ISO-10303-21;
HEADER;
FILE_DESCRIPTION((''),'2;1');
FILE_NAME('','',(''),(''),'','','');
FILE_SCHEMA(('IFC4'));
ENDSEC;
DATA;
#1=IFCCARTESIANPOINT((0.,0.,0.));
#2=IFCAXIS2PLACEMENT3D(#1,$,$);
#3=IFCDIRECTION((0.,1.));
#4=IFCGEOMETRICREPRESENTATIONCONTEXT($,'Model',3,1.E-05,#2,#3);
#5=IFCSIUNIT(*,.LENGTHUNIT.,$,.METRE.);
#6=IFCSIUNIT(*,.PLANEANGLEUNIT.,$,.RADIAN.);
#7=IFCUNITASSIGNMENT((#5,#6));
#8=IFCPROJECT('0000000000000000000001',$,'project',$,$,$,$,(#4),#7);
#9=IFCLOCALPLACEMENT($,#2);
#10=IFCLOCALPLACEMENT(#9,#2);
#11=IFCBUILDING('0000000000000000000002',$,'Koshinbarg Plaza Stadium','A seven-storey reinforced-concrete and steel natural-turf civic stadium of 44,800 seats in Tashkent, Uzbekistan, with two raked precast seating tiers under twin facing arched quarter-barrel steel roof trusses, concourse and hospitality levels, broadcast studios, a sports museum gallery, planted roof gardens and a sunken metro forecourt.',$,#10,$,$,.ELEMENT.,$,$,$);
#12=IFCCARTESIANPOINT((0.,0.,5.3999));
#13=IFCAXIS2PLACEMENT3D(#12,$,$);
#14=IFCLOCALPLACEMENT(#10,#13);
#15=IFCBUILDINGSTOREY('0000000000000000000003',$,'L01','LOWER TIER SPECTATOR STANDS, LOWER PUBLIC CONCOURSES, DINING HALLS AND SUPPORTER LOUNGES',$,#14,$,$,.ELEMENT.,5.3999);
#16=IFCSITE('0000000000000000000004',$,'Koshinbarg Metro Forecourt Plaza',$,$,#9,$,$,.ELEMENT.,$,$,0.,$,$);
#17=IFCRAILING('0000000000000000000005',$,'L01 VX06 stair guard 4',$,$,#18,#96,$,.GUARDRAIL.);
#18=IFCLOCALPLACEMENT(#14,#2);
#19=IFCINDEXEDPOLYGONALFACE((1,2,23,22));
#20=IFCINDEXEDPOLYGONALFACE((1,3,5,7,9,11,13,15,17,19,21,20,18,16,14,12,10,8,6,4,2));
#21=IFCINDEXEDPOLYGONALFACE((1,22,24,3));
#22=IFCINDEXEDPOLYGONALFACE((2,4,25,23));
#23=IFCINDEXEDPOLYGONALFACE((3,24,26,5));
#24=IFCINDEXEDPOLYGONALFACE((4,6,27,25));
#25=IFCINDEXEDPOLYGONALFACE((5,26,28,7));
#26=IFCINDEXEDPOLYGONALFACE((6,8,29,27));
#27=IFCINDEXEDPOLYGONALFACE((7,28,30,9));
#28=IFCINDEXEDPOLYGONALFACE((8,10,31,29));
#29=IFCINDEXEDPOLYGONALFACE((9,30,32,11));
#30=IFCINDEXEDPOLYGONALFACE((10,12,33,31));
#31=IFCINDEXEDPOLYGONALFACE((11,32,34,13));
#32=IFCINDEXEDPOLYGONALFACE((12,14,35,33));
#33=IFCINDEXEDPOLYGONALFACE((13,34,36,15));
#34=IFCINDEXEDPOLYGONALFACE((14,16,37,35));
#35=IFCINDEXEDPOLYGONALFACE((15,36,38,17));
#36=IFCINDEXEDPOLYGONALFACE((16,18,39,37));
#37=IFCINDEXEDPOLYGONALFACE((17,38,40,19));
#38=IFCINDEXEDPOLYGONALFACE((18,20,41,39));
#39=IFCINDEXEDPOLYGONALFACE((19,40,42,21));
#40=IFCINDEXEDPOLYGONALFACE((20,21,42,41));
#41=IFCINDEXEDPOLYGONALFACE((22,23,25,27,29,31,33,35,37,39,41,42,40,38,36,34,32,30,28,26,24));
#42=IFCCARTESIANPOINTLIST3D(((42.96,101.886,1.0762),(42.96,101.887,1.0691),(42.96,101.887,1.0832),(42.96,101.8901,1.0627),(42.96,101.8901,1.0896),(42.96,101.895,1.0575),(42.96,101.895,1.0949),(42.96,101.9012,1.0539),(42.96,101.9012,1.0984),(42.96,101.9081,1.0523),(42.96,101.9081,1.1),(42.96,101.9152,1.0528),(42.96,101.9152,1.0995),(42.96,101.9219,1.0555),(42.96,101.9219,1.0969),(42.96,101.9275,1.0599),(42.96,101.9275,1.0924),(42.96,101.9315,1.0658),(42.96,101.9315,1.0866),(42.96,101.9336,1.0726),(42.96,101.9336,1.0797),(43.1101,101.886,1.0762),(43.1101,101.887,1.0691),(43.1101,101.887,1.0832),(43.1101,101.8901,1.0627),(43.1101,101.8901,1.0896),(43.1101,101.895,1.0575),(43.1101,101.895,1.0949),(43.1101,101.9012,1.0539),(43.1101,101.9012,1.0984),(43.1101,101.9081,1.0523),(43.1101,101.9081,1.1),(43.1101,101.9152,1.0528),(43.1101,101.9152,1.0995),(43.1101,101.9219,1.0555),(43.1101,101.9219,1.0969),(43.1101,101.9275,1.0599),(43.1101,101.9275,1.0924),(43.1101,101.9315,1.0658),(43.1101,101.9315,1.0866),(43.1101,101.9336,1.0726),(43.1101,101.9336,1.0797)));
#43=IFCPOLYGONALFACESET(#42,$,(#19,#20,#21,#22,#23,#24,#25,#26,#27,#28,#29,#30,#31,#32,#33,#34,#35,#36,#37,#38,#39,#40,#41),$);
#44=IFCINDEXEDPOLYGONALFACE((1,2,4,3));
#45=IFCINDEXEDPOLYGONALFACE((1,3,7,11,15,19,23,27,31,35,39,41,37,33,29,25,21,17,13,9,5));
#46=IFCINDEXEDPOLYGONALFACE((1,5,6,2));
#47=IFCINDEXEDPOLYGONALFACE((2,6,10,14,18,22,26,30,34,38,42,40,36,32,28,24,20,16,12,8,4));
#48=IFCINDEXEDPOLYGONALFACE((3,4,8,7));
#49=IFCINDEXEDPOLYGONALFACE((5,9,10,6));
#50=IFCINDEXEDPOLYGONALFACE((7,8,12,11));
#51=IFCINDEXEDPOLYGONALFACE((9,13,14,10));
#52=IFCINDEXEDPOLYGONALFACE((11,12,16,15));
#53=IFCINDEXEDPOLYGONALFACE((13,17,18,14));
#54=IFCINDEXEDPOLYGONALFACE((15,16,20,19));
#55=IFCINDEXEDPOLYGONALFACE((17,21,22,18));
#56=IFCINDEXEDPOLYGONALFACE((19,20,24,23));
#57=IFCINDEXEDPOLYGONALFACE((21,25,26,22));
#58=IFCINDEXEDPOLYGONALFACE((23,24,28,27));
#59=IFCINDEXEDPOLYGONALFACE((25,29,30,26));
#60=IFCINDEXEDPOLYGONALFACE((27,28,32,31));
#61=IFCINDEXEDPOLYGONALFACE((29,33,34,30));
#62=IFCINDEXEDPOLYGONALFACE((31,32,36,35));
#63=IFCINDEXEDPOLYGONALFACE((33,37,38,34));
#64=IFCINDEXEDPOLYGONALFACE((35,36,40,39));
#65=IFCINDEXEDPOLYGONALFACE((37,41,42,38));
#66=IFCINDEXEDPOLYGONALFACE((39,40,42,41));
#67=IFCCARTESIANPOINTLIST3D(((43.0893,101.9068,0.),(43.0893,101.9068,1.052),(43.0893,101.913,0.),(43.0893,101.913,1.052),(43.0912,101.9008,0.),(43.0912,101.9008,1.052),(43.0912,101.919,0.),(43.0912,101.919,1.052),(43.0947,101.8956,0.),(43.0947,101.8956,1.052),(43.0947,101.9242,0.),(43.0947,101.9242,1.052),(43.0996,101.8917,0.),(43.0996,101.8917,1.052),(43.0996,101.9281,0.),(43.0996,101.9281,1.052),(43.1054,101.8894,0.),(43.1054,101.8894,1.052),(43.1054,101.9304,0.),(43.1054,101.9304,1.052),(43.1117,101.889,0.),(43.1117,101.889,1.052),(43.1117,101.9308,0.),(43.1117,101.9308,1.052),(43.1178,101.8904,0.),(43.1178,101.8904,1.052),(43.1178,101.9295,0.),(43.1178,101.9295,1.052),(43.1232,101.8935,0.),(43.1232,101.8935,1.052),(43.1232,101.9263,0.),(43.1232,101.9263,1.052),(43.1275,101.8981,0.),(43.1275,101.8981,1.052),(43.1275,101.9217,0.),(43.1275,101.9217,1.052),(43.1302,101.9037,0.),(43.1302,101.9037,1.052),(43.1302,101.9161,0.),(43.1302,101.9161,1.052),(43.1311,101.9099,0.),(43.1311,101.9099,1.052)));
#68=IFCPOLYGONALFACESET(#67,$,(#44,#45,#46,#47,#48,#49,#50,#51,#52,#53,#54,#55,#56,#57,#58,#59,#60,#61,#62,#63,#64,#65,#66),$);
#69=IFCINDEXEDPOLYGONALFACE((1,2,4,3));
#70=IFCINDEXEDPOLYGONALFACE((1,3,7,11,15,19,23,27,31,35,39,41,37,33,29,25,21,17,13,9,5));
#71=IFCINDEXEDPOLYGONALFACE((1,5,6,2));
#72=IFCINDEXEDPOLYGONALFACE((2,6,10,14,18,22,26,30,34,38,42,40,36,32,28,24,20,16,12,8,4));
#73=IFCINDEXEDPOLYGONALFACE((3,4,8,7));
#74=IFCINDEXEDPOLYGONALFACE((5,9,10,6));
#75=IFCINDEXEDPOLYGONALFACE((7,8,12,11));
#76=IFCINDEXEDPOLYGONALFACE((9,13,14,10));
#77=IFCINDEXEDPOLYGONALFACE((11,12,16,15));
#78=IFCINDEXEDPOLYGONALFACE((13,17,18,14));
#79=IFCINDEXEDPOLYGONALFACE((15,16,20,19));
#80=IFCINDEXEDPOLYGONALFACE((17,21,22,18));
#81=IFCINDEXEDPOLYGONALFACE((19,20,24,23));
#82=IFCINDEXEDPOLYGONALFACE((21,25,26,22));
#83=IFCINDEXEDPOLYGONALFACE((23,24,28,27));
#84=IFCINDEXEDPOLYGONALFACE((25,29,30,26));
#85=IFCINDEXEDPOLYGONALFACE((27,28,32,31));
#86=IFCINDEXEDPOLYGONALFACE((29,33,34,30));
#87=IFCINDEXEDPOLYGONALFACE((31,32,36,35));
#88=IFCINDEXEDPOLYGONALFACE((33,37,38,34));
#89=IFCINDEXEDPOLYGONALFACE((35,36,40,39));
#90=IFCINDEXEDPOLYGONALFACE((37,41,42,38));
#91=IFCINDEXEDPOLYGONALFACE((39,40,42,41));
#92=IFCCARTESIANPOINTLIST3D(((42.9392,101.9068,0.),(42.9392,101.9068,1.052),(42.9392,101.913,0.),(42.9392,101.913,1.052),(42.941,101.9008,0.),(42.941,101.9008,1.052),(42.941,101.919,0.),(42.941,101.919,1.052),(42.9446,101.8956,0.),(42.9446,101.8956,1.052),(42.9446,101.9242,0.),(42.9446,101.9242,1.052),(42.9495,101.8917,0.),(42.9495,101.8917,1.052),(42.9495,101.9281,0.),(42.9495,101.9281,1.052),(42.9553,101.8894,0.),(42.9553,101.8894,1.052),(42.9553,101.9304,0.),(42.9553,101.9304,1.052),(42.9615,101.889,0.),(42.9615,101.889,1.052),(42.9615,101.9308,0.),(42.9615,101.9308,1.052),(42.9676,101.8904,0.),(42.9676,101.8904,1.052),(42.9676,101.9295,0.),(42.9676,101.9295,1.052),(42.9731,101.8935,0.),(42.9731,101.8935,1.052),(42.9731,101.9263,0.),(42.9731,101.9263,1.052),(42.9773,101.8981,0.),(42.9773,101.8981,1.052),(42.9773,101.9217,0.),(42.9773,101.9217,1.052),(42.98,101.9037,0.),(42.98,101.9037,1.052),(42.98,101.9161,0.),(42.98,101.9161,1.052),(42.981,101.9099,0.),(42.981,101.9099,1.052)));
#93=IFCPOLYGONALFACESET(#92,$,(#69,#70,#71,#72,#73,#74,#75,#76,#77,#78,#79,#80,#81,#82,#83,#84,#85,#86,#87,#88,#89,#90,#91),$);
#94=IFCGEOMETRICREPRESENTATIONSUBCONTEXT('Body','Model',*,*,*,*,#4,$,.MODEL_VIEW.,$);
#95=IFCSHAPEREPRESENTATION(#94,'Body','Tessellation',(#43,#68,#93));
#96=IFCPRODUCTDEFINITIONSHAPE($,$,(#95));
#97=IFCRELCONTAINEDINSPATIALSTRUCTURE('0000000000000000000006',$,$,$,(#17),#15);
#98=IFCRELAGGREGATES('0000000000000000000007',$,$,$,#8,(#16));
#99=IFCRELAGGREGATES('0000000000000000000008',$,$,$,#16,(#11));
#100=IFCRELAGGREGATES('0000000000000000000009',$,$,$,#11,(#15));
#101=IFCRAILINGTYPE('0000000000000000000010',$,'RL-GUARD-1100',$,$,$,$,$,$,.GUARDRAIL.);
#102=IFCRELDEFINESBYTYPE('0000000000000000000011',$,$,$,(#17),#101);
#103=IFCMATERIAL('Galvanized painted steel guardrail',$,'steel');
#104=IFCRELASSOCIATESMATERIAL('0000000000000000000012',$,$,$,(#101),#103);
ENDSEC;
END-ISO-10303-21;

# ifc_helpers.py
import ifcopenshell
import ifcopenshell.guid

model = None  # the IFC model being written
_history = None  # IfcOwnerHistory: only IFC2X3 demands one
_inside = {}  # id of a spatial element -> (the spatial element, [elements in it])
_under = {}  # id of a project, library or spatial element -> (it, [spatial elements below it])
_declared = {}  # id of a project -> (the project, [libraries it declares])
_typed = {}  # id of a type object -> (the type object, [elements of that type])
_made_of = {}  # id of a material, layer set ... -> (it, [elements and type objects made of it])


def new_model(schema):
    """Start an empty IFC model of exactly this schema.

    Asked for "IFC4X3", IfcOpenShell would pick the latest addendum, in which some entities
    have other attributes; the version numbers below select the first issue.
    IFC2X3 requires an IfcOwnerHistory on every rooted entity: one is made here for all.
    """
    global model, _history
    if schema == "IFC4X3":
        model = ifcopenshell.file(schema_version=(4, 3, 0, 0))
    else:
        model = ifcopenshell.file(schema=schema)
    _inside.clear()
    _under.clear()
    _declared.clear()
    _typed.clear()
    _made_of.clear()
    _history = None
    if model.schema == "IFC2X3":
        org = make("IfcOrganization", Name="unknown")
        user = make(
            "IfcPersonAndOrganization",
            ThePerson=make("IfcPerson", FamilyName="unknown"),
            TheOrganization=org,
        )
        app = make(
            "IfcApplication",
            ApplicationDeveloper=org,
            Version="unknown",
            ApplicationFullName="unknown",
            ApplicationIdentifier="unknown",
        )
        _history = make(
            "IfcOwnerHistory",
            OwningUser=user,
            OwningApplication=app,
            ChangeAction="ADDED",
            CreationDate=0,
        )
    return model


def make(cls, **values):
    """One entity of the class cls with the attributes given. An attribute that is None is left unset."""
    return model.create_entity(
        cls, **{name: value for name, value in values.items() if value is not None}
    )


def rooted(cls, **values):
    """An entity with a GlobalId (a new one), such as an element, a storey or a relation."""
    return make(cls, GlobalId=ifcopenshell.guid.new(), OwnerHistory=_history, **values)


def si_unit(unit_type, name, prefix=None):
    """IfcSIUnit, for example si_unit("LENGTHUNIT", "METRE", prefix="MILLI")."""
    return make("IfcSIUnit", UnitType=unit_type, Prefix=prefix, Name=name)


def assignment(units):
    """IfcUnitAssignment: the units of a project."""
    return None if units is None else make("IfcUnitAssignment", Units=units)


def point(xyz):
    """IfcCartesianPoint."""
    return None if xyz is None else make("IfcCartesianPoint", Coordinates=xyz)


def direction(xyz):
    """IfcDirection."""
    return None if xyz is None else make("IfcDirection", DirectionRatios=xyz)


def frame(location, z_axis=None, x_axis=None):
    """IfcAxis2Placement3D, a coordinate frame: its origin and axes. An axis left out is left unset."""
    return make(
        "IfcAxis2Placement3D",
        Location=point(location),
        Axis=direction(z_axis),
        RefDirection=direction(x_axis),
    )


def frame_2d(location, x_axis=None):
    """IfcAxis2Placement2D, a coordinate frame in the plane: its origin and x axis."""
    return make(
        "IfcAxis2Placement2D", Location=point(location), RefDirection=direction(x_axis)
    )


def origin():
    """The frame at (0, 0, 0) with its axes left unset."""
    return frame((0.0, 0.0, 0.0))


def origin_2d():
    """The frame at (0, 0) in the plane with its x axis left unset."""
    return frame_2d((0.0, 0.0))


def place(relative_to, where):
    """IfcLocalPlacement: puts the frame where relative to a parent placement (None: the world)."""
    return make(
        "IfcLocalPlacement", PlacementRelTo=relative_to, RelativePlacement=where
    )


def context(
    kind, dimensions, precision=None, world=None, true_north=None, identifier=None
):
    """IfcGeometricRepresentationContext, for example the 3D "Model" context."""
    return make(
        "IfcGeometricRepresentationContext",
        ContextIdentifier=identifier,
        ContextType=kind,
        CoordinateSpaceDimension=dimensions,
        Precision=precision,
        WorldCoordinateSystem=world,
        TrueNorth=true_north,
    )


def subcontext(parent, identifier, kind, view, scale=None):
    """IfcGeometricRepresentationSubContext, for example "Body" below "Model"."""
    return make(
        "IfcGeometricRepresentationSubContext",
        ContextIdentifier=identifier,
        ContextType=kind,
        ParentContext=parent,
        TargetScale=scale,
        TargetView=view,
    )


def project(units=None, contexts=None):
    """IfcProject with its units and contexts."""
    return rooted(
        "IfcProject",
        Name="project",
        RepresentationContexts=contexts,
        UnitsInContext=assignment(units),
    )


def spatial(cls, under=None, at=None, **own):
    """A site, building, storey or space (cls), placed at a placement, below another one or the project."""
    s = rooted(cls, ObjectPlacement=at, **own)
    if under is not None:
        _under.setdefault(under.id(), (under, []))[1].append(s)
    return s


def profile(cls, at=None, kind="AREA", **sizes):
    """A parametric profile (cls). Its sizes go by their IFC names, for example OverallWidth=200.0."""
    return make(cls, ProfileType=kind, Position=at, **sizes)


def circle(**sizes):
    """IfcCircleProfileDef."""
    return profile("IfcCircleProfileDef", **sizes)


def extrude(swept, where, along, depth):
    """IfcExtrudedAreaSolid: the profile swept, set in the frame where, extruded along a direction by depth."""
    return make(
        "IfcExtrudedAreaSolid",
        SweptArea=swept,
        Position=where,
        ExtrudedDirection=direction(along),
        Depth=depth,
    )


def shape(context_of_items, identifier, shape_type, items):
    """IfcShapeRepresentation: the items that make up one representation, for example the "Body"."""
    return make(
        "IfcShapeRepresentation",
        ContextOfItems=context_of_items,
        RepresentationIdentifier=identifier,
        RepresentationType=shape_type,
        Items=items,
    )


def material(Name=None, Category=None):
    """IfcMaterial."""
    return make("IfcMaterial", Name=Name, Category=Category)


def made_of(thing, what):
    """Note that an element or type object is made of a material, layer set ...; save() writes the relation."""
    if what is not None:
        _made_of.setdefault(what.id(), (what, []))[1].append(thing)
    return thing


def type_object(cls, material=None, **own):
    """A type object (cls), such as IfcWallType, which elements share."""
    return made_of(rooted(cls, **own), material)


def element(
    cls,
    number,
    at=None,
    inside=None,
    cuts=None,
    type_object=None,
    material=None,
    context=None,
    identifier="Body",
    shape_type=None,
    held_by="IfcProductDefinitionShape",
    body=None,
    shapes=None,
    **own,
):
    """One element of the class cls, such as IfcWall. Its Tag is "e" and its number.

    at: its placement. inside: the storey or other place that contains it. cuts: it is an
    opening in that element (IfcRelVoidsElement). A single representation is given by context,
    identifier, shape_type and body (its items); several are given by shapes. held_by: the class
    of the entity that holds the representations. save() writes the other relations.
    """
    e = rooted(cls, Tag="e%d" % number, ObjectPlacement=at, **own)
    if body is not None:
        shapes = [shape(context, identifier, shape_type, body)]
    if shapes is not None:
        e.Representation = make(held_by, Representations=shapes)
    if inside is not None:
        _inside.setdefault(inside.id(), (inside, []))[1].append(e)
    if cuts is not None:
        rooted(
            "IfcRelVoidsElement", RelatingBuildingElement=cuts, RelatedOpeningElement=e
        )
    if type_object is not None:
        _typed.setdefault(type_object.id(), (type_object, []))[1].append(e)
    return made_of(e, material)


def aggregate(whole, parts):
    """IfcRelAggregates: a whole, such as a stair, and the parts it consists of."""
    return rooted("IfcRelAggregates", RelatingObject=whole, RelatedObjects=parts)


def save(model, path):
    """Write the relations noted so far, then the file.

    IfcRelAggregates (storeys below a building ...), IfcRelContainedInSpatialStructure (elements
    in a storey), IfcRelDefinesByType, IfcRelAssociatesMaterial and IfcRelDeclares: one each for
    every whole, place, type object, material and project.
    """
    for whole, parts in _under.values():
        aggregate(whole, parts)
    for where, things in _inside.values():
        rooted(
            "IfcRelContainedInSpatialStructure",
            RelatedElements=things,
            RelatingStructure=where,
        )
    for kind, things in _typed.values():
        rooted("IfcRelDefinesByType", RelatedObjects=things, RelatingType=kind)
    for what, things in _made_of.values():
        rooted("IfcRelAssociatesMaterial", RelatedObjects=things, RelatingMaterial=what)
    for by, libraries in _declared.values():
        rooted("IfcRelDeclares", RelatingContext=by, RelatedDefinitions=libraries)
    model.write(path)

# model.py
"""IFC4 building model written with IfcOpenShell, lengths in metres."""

from ifc_helpers import new_model, si_unit, direction, frame, origin, origin_2d, place, context, subcontext, project, spatial, circle, extrude, material, type_object, element, save


model = new_model("IFC4")

# Units and contexts
model_context = context("Model", 3, precision=1e-05, world=origin(), true_north=direction((0.0, 1.0)))
body_context = subcontext(model_context, "Body", "Model", "MODEL_VIEW")
ifc_project = project(units=[si_unit("LENGTHUNIT", "METRE"), si_unit("PLANEANGLEUNIT", "RADIAN")], contexts=[model_context])

# Site, building, storey
site_placement = place(None, origin())
site = spatial("IfcSite", under=ifc_project, at=site_placement, Name="Koshinbarg Metro Forecourt Plaza", CompositionType="ELEMENT", RefElevation=0.0)
building_placement = place(site_placement, origin())
building = spatial("IfcBuilding", under=site, at=building_placement, Name="Koshinbarg Plaza Stadium", Description="A seven-storey reinforced-concrete and steel natural-turf civic stadium of 44,800 seats in Tashkent, Uzbekistan, with two raked precast seating tiers under twin facing arched quarter-barrel steel roof trusses, concourse and hospitality levels, broadcast studios, a sports museum gallery, planted roof gardens and a sunken metro forecourt.", CompositionType="ELEMENT")
storey_placement = place(building_placement, frame((0.0, 0.0, 5.3999)))
storey = spatial("IfcBuildingStorey", under=building, at=storey_placement, Name="L01", Description="LOWER TIER SPECTATOR STANDS, LOWER PUBLIC CONCOURSES, DINING HALLS AND SUPPORTER LOUNGES", CompositionType="ELEMENT", Elevation=5.3999)

# Railing
ifc_material_1 = material(Name="Galvanized painted steel guardrail", Category="steel")
railing_type_1 = type_object("IfcRailingType", Name="RL-GUARD-1100", PredefinedType="GUARDRAIL", material=ifc_material_1)
railing_placement = place(storey_placement, frame((43.1101, 101.9099, 0.0)))
element("IfcRailing", 1, at=railing_placement, inside=storey, type_object=railing_type_1, Name="L01 VX06 stair guard 4", PredefinedType="GUARDRAIL", context=body_context, shape_type="SweptSolid", body=[
    extrude(circle(Radius=0.0239, at=origin_2d()), frame((0.0, 0.0, 1.0762), z_axis=(-1.0, 0.0, 0.0), x_axis=(0.0, -1.0, 0.0)), (0.0, 0.0, 1.0), 0.1501),
    extrude(circle(Radius=0.021, at=origin_2d()), origin(), (0.0, 0.0, 1.0), 1.052),
    extrude(circle(Radius=0.021, at=origin_2d()), frame((-0.1501, 0.0, 0.0)), (0.0, 0.0, 1.0), 1.052),
])

save(model, "model.ifc")
